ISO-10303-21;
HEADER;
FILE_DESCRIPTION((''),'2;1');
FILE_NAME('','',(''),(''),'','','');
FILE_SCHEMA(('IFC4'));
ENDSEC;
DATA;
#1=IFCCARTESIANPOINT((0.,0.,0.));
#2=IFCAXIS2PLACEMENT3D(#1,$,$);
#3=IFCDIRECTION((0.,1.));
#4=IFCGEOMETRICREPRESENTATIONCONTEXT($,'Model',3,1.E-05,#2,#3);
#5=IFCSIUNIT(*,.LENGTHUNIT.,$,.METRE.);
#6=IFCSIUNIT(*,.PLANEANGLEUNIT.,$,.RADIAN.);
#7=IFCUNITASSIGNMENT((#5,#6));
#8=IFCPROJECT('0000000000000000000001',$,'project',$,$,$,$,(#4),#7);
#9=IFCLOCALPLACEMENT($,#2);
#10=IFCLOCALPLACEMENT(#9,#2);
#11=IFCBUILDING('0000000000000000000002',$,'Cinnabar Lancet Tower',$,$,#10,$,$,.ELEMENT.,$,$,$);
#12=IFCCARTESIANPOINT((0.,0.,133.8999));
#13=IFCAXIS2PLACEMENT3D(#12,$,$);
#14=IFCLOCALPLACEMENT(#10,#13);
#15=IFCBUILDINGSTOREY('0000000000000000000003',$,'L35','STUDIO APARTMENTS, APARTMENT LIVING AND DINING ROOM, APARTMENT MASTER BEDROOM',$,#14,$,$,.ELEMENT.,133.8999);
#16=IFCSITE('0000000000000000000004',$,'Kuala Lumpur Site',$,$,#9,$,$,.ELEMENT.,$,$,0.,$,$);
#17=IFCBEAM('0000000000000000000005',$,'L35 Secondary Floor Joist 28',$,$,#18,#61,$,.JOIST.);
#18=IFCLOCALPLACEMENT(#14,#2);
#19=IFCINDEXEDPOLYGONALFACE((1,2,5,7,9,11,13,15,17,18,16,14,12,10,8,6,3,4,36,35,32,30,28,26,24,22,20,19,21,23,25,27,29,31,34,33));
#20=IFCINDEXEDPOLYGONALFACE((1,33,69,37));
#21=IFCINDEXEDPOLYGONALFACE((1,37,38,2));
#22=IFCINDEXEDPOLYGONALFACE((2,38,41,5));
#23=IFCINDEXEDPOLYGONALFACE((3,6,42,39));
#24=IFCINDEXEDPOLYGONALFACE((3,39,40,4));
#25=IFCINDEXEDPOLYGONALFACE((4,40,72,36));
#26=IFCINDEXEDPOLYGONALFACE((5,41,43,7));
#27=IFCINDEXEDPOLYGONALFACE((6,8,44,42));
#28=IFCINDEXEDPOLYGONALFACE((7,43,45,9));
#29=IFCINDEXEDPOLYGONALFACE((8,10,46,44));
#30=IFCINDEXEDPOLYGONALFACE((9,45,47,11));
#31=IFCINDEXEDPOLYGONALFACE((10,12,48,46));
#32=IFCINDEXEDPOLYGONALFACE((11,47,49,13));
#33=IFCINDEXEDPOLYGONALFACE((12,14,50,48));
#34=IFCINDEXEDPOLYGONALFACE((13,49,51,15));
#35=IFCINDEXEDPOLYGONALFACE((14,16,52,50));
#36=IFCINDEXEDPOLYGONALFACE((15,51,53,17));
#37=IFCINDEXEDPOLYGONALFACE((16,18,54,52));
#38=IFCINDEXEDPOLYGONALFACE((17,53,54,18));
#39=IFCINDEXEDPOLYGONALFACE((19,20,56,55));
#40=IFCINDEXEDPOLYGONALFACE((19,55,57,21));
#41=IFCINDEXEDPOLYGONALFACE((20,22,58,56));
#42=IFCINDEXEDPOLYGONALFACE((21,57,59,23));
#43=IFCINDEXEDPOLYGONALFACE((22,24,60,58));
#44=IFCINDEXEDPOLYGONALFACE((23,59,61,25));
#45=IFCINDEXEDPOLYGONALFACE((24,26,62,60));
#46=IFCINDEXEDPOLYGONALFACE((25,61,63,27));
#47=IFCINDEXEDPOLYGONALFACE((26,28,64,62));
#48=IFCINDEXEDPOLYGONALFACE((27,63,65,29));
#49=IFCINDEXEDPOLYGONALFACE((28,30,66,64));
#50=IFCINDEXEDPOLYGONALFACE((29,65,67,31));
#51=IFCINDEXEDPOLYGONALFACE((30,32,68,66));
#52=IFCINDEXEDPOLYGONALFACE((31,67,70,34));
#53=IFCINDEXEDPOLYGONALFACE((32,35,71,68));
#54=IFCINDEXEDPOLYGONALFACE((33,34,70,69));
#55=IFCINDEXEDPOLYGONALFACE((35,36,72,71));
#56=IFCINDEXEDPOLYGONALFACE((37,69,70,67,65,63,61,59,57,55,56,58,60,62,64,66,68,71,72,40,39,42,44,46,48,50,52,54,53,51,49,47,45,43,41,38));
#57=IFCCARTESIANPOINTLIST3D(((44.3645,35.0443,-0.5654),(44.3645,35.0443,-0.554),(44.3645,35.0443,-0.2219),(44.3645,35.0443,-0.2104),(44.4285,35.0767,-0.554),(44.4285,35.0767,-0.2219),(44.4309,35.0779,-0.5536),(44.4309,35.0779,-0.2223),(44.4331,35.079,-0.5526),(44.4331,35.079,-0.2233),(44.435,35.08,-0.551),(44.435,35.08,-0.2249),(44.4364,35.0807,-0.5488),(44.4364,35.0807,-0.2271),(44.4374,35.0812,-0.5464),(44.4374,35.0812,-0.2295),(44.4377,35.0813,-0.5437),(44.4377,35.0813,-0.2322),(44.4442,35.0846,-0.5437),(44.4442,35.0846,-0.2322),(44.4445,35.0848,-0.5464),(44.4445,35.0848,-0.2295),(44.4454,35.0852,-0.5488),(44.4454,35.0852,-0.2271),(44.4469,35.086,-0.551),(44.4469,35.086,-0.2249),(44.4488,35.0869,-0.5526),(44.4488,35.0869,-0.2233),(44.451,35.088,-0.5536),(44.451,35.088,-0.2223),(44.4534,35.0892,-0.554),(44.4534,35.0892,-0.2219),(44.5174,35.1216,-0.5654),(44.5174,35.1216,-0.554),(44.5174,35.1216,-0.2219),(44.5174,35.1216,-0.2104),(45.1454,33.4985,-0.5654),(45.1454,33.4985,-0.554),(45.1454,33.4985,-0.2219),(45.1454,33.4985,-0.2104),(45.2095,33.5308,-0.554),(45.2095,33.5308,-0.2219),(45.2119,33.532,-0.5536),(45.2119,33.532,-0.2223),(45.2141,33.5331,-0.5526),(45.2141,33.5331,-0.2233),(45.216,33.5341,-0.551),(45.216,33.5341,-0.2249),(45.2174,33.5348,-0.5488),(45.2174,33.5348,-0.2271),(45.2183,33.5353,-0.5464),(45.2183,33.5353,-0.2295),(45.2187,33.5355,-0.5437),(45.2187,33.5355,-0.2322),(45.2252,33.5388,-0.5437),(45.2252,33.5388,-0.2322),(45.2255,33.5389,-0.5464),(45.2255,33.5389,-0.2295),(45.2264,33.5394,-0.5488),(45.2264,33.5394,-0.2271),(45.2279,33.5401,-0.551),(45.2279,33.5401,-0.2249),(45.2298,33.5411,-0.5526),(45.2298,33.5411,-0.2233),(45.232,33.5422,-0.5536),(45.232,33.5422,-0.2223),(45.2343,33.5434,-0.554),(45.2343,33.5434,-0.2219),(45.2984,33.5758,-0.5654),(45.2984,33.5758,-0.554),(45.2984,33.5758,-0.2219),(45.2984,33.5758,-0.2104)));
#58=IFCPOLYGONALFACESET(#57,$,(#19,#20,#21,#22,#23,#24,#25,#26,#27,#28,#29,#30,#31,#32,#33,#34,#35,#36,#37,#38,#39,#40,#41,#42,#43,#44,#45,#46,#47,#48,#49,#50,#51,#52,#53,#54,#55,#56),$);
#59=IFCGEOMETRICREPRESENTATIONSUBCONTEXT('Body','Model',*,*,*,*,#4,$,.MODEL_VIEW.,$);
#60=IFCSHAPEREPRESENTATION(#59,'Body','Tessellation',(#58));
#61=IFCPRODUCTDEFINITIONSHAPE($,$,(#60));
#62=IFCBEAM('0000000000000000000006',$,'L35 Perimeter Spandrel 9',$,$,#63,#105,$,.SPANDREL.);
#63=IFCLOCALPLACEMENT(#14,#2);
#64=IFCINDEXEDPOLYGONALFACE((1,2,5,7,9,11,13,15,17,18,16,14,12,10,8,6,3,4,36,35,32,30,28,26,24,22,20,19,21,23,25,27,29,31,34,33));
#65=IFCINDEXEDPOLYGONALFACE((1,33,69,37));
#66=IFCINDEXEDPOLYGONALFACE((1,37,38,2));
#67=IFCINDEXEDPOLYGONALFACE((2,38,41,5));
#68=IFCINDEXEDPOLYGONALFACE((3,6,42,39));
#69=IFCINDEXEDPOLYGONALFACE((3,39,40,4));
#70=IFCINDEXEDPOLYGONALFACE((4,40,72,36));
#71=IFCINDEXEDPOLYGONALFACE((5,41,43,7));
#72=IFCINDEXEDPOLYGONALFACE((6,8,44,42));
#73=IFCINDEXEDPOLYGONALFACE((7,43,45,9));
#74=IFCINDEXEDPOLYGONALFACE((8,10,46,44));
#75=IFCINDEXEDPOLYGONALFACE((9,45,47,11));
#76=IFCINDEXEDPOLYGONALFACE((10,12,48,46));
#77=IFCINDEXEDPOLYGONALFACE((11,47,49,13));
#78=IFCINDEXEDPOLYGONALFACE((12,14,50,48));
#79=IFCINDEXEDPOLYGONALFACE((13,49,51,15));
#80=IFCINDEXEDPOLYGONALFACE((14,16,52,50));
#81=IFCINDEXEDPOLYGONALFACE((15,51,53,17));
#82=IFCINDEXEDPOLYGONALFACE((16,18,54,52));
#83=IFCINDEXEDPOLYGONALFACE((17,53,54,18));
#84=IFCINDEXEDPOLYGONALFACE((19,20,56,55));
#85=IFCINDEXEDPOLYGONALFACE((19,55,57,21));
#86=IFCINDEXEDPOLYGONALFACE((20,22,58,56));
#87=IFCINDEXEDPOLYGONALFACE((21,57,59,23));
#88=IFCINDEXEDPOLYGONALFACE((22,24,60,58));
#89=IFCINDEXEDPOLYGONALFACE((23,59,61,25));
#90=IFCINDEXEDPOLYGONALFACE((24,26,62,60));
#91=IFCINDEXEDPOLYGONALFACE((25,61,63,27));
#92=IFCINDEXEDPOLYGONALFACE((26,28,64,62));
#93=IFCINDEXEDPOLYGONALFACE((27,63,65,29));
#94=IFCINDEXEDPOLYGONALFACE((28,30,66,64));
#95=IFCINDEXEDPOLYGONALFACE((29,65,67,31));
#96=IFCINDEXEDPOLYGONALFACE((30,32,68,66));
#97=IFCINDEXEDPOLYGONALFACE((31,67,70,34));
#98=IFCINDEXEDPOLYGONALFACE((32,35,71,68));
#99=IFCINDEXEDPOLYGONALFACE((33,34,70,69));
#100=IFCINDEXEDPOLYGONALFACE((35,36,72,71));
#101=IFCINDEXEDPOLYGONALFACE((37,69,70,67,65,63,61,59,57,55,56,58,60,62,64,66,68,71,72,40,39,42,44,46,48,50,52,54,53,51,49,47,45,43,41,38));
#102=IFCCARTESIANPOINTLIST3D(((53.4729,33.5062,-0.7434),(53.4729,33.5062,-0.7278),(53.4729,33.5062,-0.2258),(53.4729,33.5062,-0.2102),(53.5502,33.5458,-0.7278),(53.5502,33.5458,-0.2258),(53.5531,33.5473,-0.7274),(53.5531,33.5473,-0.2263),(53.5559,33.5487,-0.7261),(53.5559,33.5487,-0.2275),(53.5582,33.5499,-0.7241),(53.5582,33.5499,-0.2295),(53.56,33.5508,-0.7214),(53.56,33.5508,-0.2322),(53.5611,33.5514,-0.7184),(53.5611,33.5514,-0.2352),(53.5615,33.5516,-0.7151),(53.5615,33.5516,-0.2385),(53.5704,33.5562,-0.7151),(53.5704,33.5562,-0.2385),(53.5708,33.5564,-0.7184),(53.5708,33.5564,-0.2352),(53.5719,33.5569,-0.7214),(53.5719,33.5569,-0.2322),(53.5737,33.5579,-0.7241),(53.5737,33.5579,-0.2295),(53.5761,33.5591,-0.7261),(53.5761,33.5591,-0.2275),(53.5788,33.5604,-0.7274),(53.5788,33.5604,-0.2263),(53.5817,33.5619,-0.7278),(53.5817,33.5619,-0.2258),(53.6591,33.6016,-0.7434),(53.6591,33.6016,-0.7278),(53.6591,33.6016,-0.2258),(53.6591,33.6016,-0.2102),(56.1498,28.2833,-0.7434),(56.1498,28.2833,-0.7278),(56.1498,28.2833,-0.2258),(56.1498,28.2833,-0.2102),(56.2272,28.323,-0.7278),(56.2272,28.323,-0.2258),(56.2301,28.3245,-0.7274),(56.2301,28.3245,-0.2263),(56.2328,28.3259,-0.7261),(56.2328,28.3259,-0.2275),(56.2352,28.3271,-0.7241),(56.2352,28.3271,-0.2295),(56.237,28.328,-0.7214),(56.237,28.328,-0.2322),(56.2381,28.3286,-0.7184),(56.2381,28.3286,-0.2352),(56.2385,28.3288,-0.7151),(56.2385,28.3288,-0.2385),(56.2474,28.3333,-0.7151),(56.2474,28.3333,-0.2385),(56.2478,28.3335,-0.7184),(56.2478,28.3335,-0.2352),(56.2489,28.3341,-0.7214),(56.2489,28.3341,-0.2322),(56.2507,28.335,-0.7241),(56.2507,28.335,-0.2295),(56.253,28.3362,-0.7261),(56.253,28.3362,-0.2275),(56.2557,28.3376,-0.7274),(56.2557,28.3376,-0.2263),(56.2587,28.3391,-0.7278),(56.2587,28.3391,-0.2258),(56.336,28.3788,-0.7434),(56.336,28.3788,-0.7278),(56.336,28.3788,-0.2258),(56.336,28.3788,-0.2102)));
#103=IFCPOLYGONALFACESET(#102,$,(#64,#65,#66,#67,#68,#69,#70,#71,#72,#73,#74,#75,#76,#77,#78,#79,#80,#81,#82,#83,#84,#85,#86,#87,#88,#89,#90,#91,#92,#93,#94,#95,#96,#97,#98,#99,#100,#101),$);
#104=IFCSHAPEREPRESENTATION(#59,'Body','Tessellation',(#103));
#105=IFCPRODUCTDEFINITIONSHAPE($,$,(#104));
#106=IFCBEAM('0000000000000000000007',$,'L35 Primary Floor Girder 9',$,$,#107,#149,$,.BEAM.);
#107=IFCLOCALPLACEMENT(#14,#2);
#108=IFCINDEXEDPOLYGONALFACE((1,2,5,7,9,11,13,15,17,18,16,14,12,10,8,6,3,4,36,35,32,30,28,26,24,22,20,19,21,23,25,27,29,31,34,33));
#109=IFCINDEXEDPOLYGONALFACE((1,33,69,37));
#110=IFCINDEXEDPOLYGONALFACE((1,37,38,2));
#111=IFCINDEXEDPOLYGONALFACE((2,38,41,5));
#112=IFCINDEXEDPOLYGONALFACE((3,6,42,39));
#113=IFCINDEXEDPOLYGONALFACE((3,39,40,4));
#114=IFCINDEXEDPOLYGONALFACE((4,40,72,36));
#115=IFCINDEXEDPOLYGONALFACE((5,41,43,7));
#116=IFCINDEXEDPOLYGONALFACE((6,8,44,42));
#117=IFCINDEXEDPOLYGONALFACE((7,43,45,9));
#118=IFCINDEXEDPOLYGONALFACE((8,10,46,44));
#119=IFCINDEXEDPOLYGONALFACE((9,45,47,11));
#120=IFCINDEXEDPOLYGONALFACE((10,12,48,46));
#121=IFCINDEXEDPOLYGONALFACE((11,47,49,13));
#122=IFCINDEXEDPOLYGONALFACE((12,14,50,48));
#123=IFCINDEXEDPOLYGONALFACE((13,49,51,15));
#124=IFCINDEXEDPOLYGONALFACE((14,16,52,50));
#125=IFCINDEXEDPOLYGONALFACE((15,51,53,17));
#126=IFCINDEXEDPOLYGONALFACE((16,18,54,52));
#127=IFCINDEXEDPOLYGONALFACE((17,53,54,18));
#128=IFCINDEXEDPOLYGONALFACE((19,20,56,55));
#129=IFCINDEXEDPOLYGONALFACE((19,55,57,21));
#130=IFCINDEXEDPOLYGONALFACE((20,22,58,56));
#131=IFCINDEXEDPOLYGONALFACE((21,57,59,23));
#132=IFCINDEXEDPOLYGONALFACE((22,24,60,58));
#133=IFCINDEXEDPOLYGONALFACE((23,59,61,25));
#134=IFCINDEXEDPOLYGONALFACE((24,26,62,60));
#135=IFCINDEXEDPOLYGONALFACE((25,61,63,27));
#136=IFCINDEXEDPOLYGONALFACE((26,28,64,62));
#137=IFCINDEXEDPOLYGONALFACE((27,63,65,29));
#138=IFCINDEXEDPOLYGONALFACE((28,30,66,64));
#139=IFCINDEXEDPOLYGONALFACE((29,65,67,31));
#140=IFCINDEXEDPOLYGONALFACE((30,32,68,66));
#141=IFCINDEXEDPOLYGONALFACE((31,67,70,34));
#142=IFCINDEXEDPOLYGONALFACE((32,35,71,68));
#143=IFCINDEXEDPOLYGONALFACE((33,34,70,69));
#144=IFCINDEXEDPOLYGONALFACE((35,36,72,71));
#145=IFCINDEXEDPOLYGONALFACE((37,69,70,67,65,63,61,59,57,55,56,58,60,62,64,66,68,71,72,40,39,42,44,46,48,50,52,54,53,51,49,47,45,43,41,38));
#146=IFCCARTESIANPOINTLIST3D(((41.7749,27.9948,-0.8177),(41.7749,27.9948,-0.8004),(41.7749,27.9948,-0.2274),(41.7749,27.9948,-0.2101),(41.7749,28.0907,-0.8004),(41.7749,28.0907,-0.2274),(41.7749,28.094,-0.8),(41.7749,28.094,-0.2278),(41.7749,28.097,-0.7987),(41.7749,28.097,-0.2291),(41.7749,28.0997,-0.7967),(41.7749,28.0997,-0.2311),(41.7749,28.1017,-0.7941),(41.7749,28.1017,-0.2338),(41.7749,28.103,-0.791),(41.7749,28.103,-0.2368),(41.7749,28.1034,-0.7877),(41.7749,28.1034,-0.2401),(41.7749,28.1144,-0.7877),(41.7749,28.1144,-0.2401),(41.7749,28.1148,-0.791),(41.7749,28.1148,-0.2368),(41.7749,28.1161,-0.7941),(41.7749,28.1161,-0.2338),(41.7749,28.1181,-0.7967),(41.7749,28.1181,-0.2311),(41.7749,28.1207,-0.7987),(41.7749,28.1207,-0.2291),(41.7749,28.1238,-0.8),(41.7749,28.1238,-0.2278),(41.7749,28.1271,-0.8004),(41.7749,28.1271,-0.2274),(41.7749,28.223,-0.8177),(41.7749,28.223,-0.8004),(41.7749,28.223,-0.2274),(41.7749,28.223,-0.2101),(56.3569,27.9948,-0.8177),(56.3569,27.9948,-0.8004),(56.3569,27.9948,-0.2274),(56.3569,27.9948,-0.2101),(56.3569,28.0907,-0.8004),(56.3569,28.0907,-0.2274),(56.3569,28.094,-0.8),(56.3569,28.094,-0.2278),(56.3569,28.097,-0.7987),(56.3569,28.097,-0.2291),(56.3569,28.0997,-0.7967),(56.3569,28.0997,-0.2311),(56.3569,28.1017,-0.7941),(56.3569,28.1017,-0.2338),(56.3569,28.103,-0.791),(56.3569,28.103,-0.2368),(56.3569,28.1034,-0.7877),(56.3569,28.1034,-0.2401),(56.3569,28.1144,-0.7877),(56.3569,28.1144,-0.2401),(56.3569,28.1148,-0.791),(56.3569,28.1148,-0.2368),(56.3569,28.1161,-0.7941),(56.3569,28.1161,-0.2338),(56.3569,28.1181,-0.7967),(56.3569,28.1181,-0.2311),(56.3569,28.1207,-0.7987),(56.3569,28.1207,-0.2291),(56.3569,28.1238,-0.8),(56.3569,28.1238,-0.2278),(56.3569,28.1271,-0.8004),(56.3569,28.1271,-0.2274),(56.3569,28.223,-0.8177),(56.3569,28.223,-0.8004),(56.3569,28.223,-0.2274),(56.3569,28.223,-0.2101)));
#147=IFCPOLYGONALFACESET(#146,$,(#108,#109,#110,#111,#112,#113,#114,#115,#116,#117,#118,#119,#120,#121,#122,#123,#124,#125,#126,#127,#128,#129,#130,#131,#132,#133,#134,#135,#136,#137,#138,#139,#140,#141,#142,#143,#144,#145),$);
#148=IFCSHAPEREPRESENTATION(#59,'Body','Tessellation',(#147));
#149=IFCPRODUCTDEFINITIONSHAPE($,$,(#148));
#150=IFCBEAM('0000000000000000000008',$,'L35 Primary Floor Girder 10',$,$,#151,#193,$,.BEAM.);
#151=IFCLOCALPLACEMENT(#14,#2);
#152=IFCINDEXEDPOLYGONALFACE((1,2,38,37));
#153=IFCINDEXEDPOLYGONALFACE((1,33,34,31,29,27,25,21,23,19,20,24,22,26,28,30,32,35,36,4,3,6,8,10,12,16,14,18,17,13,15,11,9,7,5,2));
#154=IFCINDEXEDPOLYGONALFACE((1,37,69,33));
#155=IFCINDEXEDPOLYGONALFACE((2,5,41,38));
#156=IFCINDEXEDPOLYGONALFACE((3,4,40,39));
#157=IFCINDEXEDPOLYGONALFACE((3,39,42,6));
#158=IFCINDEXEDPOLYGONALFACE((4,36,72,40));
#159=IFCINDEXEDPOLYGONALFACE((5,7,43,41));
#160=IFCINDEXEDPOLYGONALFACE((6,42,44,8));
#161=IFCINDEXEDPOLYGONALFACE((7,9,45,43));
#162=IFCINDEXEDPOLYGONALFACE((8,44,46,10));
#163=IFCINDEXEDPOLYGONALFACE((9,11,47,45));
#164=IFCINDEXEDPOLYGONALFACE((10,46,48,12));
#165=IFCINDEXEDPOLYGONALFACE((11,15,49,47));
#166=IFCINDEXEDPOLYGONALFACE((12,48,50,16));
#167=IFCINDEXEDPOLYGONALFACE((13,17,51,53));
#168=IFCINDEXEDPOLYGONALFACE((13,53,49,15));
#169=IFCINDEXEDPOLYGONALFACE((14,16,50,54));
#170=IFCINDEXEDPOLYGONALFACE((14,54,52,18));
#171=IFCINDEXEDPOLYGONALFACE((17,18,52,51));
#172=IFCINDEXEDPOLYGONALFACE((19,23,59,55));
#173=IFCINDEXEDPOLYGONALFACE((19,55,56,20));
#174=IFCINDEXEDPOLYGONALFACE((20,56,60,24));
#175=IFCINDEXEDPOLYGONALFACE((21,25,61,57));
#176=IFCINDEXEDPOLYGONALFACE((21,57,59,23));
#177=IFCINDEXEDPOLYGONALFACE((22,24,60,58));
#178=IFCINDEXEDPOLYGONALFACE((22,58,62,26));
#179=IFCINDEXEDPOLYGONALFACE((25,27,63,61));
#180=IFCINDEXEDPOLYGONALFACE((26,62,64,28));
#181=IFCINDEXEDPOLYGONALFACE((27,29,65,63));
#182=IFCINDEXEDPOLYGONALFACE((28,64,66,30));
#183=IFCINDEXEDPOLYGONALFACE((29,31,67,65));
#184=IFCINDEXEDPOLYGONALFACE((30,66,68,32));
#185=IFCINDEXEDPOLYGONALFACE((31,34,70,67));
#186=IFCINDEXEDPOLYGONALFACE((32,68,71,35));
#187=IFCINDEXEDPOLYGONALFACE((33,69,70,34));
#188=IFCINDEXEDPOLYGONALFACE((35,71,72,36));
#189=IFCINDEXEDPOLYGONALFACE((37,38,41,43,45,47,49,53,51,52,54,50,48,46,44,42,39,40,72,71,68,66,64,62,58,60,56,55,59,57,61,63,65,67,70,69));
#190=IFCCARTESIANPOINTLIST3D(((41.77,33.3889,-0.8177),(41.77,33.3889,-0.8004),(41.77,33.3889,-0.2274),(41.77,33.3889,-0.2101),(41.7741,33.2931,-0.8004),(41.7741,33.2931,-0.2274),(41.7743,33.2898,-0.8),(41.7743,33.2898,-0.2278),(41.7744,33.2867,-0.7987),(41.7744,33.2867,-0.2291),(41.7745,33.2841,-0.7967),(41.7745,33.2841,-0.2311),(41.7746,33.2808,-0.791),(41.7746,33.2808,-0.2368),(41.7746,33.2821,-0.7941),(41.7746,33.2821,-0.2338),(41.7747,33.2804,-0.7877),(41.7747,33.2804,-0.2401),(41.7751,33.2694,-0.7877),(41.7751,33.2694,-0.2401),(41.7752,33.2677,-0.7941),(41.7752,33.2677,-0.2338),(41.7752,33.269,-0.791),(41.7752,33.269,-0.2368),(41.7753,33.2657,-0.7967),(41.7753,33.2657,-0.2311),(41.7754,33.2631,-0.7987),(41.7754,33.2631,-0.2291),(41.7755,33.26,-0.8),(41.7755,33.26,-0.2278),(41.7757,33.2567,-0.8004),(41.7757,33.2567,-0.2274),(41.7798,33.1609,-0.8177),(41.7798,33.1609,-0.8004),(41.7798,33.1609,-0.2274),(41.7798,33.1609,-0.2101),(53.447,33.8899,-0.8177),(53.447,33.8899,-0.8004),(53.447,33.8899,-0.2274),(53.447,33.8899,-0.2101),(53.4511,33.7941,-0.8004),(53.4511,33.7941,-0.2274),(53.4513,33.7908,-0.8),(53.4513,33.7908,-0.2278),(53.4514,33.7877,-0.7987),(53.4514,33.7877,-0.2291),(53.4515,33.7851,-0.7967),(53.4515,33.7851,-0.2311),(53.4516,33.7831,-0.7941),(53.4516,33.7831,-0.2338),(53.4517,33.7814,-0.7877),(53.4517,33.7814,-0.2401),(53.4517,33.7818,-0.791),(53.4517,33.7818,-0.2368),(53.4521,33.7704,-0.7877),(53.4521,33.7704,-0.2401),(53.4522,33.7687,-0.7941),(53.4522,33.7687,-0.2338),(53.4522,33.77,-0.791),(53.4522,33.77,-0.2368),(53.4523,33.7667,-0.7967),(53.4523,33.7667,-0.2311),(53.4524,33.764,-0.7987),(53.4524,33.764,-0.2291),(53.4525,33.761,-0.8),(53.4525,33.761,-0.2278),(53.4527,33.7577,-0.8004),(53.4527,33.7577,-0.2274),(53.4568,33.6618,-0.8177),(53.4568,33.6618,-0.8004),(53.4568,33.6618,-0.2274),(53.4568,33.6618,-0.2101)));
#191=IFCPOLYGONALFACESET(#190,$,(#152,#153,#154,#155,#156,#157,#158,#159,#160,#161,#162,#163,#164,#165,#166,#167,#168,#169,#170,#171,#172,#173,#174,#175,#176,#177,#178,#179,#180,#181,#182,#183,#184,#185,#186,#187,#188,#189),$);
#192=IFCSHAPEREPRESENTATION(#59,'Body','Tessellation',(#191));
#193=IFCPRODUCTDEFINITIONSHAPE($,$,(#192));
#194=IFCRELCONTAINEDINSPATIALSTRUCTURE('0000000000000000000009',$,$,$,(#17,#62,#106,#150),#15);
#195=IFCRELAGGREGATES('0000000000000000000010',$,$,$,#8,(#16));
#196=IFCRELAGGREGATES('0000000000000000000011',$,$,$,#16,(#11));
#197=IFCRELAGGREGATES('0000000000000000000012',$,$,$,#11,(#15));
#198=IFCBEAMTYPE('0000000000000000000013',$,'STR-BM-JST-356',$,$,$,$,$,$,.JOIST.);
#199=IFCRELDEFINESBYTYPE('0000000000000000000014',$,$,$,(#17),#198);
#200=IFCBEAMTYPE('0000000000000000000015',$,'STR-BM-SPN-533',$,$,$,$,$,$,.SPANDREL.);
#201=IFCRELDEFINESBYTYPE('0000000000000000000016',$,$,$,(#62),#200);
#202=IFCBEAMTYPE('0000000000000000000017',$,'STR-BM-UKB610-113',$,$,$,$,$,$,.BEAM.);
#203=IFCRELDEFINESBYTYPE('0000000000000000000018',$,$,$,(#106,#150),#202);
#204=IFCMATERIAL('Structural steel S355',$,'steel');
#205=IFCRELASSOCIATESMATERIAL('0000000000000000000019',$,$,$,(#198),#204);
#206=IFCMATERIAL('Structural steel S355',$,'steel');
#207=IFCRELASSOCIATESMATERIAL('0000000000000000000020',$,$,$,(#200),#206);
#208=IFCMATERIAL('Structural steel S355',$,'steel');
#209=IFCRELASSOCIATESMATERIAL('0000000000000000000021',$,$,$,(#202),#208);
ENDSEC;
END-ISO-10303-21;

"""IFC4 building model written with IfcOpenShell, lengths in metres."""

from ifc_helpers import new_model, si_unit, direction, frame, origin, origin_2d, place, context, subcontext, project, spatial, i_section, extrude, material, material_profile, profile_set, type_object, element, save


model = new_model("IFC4")

# Units and contexts
model_context = context("Model", 3, precision=1e-05, world=origin(), true_north=direction((0.0, 1.0)))
body_context = subcontext(model_context, "Body", "Model", "MODEL_VIEW")
ifc_project = project(units=[si_unit("LENGTHUNIT", "METRE"), si_unit("PLANEANGLEUNIT", "RADIAN")], contexts=[model_context])

# Site, building, storey
site_placement = place(None, origin())
site = spatial("IfcSite", under=ifc_project, at=site_placement, Name="Kuala Lumpur Site", CompositionType="ELEMENT", RefElevation=0.0)
building_placement = place(site_placement, origin())
building = spatial("IfcBuilding", under=site, at=building_placement, Name="Cinnabar Lancet Tower", CompositionType="ELEMENT")
storey_placement = place(building_placement, frame((0.0, 0.0, 133.8999)))
storey = spatial("IfcBuildingStorey", under=building, at=storey_placement, Name="L35", Description="STUDIO APARTMENTS, APARTMENT LIVING AND DINING ROOM, APARTMENT MASTER BEDROOM", CompositionType="ELEMENT", Elevation=133.8999)

# Beams
ifc_material_1 = material(Name="Structural steel S355", Category="steel")
ifc_material_profile_1 = material_profile(ifc_material_1, i_section(OverallWidth=0.1714, OverallDepth=0.355, WebThickness=0.0073, FlangeThickness=0.0115, FilletRadius=0.0103, at=origin_2d()), Name="UKB 356x171x51")
ifc_profile_set_1 = profile_set([ifc_material_profile_1], Name="Structural steel S355")
beam_type_1 = type_object("IfcBeamType", Name="STR-BM-JST-356", PredefinedType="JOIST", material=ifc_profile_set_1)
beam_1_placement = place(storey_placement, frame((45.2219, 33.5371, -0.3879), z_axis=(-0.450931, 0.892559, 0.0), x_axis=(-0.892559, -0.450931, 0.0)))
element("IfcBeam", 1, at=beam_1_placement, inside=storey, type_object=beam_type_1, Name="L35 Secondary Floor Joist 28", PredefinedType="JOIST", context=body_context, shape_type="SweptSolid", body=[
    extrude(i_section(OverallWidth=0.1714, OverallDepth=0.355, WebThickness=0.0073, FlangeThickness=0.0115, FilletRadius=0.0103, at=origin_2d()), origin(), (0.0, 0.0, 1.0), 1.7319),
])
ifc_material_2 = material(Name="Structural steel S355", Category="steel")
ifc_material_profile_2 = material_profile(ifc_material_2, i_section(OverallWidth=0.2092, OverallDepth=0.5332, WebThickness=0.01, FlangeThickness=0.0156, FilletRadius=0.0127, at=origin_2d()), Name="UKB 533x210x92")
ifc_profile_set_2 = profile_set([ifc_material_profile_2], Name="Structural steel S355")
beam_type_2 = type_object("IfcBeamType", Name="STR-BM-SPN-533", PredefinedType="SPANDREL", material=ifc_profile_set_2)
beam_2_placement = place(storey_placement, frame((56.2429, 28.3311, -0.4768), z_axis=(-0.456127, 0.889915, 0.0), x_axis=(-0.889915, -0.456127, 0.0)))
element("IfcBeam", 2, at=beam_2_placement, inside=storey, type_object=beam_type_2, Name="L35 Perimeter Spandrel 9", PredefinedType="SPANDREL", context=body_context, shape_type="SweptSolid", body=[
    extrude(i_section(OverallWidth=0.2092, OverallDepth=0.5332, WebThickness=0.01, FlangeThickness=0.0156, FilletRadius=0.0127, at=origin_2d()), origin(), (0.0, 0.0, 1.0), 5.8689),
])
ifc_material_3 = material(Name="Structural steel S355", Category="steel")
ifc_material_profile_3 = material_profile(ifc_material_3, i_section(OverallWidth=0.2283, OverallDepth=0.6077, WebThickness=0.011, FlangeThickness=0.0173, FilletRadius=0.0127, at=origin_2d()), Name="UKB 610x229x113")
ifc_profile_set_3 = profile_set([ifc_material_profile_3], Name="Structural steel S355")
beam_type_3 = type_object("IfcBeamType", Name="STR-BM-UKB610-113", PredefinedType="BEAM", material=ifc_profile_set_3)
beam_3_placement = place(storey_placement, frame((56.3569, 28.1089, -0.5139), z_axis=(-1.0, 0.0, 0.0), x_axis=(0.0, -1.0, 0.0)))
element("IfcBeam", 3, at=beam_3_placement, inside=storey, type_object=beam_type_3, Name="L35 Primary Floor Girder 9", PredefinedType="BEAM", context=body_context, shape_type="SweptSolid", body=[
    extrude(i_section(OverallWidth=0.2283, OverallDepth=0.6077, WebThickness=0.011, FlangeThickness=0.0173, FilletRadius=0.0127, at=origin_2d()), origin(), (0.0, 0.0, 1.0), 14.582),
])
beam_4_placement = place(storey_placement, frame((53.4519, 33.7759, -0.5139), z_axis=(-0.999081, -0.042863, 0.0), x_axis=(0.042863, -0.999081, 0.0)))
element("IfcBeam", 4, at=beam_4_placement, inside=storey, type_object=beam_type_3, Name="L35 Primary Floor Girder 10", PredefinedType="BEAM", context=body_context, shape_type="SweptSolid", body=[
    extrude(i_section(OverallWidth=0.2283, OverallDepth=0.6077, WebThickness=0.011, FlangeThickness=0.0173, FilletRadius=0.0127, at=origin_2d()), origin(), (0.0, 0.0, 1.0), 11.6877),
])

save(model, "model.ifc")
